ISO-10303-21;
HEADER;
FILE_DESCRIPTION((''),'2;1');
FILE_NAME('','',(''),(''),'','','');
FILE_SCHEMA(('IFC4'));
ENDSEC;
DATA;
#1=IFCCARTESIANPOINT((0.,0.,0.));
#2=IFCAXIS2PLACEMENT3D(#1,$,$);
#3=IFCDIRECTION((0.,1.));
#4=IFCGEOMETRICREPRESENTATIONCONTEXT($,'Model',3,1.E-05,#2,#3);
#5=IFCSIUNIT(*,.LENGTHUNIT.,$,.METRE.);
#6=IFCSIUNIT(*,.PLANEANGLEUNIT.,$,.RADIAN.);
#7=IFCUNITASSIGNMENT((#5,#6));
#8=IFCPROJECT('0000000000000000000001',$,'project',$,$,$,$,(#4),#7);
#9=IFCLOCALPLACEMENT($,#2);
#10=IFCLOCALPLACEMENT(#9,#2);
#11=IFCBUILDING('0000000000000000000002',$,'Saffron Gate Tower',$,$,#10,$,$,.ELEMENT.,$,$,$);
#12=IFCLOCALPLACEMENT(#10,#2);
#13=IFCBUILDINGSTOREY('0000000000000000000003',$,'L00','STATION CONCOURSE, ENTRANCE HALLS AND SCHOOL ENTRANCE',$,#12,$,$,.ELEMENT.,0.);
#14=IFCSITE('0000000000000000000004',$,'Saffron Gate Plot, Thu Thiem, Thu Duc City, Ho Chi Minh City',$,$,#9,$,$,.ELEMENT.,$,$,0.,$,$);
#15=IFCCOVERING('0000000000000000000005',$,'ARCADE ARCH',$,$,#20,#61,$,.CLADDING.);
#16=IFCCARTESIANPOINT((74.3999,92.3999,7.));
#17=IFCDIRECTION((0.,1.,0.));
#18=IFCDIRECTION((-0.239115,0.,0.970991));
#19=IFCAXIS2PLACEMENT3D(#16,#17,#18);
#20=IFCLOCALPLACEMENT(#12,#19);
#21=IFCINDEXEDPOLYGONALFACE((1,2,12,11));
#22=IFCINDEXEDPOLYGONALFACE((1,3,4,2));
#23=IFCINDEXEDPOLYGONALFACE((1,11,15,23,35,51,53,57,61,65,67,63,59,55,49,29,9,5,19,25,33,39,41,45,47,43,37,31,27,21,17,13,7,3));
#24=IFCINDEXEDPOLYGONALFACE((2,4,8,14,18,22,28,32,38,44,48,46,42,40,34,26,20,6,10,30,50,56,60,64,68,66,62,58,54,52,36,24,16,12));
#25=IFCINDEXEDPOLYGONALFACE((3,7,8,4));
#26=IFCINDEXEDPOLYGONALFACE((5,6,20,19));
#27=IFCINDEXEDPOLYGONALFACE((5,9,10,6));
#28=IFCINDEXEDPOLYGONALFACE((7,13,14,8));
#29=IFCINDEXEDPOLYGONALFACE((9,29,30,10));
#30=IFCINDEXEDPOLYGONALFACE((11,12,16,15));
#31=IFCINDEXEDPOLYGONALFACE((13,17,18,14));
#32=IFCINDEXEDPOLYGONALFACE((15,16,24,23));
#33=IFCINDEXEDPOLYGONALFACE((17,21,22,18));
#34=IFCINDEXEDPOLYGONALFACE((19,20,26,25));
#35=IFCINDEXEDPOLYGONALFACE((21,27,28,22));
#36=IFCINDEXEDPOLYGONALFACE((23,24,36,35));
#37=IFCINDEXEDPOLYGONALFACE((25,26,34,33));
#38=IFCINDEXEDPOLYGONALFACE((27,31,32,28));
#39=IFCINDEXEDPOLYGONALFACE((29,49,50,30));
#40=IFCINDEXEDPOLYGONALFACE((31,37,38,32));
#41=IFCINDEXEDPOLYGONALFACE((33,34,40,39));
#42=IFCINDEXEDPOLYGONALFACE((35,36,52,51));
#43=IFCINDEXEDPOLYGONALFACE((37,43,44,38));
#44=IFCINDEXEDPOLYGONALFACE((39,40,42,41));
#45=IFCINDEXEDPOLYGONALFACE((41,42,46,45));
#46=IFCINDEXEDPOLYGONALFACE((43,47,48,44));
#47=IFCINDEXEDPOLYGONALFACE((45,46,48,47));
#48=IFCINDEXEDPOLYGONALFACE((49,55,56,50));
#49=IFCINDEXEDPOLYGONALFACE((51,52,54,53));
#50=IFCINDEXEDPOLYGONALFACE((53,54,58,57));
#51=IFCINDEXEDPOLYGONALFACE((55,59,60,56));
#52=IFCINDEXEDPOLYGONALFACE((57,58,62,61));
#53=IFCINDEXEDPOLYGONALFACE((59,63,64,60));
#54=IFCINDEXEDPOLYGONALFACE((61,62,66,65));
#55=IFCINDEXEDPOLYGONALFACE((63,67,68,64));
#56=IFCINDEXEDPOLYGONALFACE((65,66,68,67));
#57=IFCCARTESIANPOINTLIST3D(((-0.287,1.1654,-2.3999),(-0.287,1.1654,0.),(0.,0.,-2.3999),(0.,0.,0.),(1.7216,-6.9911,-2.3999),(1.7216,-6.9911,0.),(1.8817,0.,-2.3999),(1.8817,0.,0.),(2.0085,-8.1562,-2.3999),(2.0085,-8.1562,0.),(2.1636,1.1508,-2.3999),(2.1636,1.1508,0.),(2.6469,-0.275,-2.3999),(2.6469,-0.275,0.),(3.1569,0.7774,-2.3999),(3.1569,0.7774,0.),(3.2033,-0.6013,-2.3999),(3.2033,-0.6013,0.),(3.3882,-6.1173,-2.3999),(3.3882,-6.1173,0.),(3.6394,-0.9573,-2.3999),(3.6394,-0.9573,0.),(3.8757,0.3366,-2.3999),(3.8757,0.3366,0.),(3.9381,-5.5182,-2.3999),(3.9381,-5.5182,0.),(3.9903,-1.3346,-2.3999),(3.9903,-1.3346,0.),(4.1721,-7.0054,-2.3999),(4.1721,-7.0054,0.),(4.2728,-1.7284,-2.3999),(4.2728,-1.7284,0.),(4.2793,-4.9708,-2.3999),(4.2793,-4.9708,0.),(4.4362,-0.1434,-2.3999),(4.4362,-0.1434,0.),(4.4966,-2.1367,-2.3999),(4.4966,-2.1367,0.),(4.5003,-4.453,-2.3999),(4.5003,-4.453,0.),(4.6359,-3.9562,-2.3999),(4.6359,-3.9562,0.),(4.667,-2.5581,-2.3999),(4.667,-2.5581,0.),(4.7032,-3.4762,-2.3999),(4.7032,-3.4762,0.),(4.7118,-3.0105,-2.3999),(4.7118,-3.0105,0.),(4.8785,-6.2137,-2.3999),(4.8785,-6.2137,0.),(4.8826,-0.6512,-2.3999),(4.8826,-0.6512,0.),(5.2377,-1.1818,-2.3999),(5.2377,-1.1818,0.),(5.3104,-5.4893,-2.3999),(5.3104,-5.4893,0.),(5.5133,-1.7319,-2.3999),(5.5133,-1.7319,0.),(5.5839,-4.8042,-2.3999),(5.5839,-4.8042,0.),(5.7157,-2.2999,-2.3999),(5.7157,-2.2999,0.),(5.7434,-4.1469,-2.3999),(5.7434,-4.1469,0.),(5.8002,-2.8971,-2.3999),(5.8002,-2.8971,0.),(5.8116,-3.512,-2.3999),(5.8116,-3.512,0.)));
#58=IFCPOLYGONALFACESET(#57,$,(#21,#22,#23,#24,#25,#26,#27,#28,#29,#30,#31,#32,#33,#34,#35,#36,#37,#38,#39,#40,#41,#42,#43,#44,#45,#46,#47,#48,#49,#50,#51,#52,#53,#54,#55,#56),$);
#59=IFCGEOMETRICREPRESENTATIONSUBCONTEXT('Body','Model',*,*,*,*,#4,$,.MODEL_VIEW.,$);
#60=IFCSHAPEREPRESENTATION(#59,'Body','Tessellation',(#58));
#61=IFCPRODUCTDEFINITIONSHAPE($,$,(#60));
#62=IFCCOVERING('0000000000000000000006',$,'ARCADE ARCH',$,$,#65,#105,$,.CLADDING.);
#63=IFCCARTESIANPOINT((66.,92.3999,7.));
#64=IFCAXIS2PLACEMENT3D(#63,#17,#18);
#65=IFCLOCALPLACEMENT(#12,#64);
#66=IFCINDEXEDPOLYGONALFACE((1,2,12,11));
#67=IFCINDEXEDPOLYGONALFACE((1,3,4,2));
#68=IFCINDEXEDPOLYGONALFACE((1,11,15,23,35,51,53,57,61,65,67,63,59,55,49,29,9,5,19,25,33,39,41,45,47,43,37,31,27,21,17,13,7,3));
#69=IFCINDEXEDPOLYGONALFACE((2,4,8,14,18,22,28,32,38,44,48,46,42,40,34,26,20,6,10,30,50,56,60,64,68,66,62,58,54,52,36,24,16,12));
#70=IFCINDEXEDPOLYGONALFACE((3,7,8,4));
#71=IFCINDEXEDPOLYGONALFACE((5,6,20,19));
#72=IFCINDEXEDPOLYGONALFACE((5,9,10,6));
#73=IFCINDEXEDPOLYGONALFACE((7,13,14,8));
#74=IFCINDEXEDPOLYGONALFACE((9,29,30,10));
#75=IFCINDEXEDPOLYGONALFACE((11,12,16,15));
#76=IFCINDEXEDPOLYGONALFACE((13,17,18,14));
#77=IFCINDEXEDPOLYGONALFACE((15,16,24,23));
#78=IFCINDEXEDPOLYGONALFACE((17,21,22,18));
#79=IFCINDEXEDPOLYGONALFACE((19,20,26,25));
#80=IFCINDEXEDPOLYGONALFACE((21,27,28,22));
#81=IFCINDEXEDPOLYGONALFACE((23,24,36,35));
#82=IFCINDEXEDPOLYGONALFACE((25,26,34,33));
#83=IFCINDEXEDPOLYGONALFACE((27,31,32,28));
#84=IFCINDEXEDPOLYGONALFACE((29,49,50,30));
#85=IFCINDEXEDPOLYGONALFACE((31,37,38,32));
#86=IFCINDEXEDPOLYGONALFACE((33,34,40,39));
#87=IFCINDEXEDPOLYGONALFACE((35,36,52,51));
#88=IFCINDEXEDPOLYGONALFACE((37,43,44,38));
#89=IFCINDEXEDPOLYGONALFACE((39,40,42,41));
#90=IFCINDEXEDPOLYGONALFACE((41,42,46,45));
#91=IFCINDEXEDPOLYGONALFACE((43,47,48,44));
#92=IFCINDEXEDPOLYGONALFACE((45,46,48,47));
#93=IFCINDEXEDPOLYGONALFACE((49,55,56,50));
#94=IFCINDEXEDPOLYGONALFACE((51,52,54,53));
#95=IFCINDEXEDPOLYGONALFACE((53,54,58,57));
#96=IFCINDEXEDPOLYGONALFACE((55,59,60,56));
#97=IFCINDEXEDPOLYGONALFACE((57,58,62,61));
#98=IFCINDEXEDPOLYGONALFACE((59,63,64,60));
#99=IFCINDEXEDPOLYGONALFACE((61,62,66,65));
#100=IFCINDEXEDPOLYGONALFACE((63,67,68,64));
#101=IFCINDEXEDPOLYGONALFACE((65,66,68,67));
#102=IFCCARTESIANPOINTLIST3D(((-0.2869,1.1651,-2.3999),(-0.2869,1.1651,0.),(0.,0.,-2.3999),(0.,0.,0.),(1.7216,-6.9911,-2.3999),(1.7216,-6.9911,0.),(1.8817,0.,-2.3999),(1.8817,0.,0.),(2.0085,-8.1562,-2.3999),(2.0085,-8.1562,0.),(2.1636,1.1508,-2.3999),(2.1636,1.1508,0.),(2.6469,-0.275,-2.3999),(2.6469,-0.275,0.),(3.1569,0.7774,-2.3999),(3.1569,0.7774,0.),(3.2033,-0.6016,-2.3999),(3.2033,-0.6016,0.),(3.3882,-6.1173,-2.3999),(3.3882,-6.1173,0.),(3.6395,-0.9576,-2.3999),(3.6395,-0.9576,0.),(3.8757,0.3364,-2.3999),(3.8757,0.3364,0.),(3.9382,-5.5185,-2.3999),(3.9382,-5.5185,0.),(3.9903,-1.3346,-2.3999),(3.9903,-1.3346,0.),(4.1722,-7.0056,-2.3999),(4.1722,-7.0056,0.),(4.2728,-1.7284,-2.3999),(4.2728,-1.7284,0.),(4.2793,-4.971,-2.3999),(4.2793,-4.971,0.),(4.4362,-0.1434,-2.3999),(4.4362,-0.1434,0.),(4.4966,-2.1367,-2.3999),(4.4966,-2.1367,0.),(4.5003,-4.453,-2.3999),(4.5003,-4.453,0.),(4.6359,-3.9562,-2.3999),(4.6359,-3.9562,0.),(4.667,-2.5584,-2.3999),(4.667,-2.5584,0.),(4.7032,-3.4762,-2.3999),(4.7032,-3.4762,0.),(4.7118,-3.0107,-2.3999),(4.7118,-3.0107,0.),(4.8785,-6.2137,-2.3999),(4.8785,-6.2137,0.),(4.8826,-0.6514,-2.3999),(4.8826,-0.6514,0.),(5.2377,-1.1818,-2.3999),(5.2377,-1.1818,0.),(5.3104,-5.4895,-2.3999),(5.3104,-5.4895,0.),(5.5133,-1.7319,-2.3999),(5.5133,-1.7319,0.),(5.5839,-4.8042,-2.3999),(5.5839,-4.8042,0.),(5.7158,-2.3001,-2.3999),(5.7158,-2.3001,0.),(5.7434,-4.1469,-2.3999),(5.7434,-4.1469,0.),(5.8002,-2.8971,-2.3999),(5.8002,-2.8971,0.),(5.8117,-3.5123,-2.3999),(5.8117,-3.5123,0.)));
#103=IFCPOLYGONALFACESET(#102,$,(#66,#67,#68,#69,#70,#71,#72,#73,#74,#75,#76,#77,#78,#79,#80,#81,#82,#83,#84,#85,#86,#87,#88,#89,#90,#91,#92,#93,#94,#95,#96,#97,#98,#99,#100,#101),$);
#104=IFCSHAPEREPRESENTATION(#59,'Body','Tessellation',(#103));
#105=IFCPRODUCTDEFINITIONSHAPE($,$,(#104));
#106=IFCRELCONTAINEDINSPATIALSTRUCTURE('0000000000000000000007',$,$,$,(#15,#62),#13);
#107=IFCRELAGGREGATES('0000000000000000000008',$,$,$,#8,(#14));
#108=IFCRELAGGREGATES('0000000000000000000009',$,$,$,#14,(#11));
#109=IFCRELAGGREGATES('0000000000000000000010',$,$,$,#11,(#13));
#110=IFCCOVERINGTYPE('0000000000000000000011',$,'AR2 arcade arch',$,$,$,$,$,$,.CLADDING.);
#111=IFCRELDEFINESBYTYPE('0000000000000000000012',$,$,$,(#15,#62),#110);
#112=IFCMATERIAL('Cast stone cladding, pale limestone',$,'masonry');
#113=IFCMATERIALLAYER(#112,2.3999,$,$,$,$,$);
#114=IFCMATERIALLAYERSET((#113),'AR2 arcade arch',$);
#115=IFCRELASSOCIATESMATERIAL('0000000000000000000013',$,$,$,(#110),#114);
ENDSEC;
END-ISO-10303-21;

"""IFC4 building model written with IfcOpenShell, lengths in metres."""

from ifc_helpers import new_model, si_unit, direction, frame, origin, place, context, subcontext, project, spatial, polyline, outline, extrude, material, layer, layer_set, type_object, element, save


model = new_model("IFC4")

# Units and contexts
model_context = context("Model", 3, precision=1e-05, world=origin(), true_north=direction((0.0, 1.0)))
body_context = subcontext(model_context, "Body", "Model", "MODEL_VIEW")
ifc_project = project(units=[si_unit("LENGTHUNIT", "METRE"), si_unit("PLANEANGLEUNIT", "RADIAN")], contexts=[model_context])

# Site, building, storey
site_placement = place(None, origin())
site = spatial("IfcSite", under=ifc_project, at=site_placement, Name="Saffron Gate Plot, Thu Thiem, Thu Duc City, Ho Chi Minh City", CompositionType="ELEMENT", RefElevation=0.0)
building_placement = place(site_placement, origin())
building = spatial("IfcBuilding", under=site, at=building_placement, Name="Saffron Gate Tower", CompositionType="ELEMENT")
storey_placement = place(building_placement, origin())
storey = spatial("IfcBuildingStorey", under=building, at=storey_placement, Name="L00", Description="STATION CONCOURSE, ENTRANCE HALLS AND SCHOOL ENTRANCE", CompositionType="ELEMENT", Elevation=0.0)

# Coverings
ifc_material_1 = material(Name="Cast stone cladding, pale limestone", Category="masonry")
ifc_layer_1 = layer(ifc_material_1, 2.3999)
ifc_layer_set_1 = layer_set([ifc_layer_1], Name="AR2 arcade arch")
covering_type = type_object("IfcCoveringType", Name="AR2 arcade arch", PredefinedType="CLADDING", material=ifc_layer_set_1)
covering_1_placement = place(storey_placement, frame((74.3999, 92.3999, 7.0), z_axis=(0.0, 1.0, 0.0), x_axis=(-0.239115, 0.0, 0.970991)))
element("IfcCovering", 1, at=covering_1_placement, inside=storey, type_object=covering_type, Name="ARCADE ARCH", PredefinedType="CLADDING", context=body_context, shape_type="SweptSolid", body=[
    extrude(outline(polyline([(0.0, 0.0), (1.8817, 0.0), (2.6469, -0.275), (3.2033, -0.6013), (3.6394, -0.9573), (3.9903, -1.3346), (4.2728, -1.7284), (4.4966, -2.1367), (4.667, -2.5581), (4.7118, -3.0105), (4.7032, -3.4762), (4.6359, -3.9562), (4.5003, -4.453), (4.2793, -4.9708), (3.9381, -5.5182), (3.3882, -6.1173), (1.7216, -6.9911), (2.0085, -8.1562), (4.1721, -7.0054), (4.8785, -6.2137), (5.3104, -5.4893), (5.5839, -4.8042), (5.7434, -4.1469), (5.8116, -3.512), (5.8002, -2.8971), (5.7157, -2.2999), (5.5133, -1.7319), (5.2377, -1.1818), (4.8826, -0.6512), (4.4362, -0.1434), (3.8757, 0.3366), (3.1569, 0.7774), (2.1636, 1.1508), (-0.287, 1.1654), (0.0, 0.0)])), origin(), (0.0, 0.0, -1.0), 2.3999),
])
covering_2_placement = place(storey_placement, frame((66.0, 92.3999, 7.0), z_axis=(0.0, 1.0, 0.0), x_axis=(-0.239115, 0.0, 0.970991)))
element("IfcCovering", 2, at=covering_2_placement, inside=storey, type_object=covering_type, Name="ARCADE ARCH", PredefinedType="CLADDING", context=body_context, shape_type="SweptSolid", body=[
    extrude(outline(polyline([(0.0, 0.0), (1.8817, 0.0), (2.6469, -0.275), (3.2033, -0.6016), (3.6395, -0.9576), (3.9903, -1.3346), (4.2728, -1.7284), (4.4966, -2.1367), (4.667, -2.5584), (4.7118, -3.0107), (4.7032, -3.4762), (4.6359, -3.9562), (4.5003, -4.453), (4.2793, -4.971), (3.9382, -5.5185), (3.3882, -6.1173), (1.7216, -6.9911), (2.0085, -8.1562), (4.1722, -7.0056), (4.8785, -6.2137), (5.3104, -5.4895), (5.5839, -4.8042), (5.7434, -4.1469), (5.8117, -3.5123), (5.8002, -2.8971), (5.7158, -2.3001), (5.5133, -1.7319), (5.2377, -1.1818), (4.8826, -0.6514), (4.4362, -0.1434), (3.8757, 0.3364), (3.1569, 0.7774), (2.1636, 1.1508), (-0.2869, 1.1651), (0.0, 0.0)])), origin(), (0.0, 0.0, -1.0), 2.3999),
])

save(model, "model.ifc")
